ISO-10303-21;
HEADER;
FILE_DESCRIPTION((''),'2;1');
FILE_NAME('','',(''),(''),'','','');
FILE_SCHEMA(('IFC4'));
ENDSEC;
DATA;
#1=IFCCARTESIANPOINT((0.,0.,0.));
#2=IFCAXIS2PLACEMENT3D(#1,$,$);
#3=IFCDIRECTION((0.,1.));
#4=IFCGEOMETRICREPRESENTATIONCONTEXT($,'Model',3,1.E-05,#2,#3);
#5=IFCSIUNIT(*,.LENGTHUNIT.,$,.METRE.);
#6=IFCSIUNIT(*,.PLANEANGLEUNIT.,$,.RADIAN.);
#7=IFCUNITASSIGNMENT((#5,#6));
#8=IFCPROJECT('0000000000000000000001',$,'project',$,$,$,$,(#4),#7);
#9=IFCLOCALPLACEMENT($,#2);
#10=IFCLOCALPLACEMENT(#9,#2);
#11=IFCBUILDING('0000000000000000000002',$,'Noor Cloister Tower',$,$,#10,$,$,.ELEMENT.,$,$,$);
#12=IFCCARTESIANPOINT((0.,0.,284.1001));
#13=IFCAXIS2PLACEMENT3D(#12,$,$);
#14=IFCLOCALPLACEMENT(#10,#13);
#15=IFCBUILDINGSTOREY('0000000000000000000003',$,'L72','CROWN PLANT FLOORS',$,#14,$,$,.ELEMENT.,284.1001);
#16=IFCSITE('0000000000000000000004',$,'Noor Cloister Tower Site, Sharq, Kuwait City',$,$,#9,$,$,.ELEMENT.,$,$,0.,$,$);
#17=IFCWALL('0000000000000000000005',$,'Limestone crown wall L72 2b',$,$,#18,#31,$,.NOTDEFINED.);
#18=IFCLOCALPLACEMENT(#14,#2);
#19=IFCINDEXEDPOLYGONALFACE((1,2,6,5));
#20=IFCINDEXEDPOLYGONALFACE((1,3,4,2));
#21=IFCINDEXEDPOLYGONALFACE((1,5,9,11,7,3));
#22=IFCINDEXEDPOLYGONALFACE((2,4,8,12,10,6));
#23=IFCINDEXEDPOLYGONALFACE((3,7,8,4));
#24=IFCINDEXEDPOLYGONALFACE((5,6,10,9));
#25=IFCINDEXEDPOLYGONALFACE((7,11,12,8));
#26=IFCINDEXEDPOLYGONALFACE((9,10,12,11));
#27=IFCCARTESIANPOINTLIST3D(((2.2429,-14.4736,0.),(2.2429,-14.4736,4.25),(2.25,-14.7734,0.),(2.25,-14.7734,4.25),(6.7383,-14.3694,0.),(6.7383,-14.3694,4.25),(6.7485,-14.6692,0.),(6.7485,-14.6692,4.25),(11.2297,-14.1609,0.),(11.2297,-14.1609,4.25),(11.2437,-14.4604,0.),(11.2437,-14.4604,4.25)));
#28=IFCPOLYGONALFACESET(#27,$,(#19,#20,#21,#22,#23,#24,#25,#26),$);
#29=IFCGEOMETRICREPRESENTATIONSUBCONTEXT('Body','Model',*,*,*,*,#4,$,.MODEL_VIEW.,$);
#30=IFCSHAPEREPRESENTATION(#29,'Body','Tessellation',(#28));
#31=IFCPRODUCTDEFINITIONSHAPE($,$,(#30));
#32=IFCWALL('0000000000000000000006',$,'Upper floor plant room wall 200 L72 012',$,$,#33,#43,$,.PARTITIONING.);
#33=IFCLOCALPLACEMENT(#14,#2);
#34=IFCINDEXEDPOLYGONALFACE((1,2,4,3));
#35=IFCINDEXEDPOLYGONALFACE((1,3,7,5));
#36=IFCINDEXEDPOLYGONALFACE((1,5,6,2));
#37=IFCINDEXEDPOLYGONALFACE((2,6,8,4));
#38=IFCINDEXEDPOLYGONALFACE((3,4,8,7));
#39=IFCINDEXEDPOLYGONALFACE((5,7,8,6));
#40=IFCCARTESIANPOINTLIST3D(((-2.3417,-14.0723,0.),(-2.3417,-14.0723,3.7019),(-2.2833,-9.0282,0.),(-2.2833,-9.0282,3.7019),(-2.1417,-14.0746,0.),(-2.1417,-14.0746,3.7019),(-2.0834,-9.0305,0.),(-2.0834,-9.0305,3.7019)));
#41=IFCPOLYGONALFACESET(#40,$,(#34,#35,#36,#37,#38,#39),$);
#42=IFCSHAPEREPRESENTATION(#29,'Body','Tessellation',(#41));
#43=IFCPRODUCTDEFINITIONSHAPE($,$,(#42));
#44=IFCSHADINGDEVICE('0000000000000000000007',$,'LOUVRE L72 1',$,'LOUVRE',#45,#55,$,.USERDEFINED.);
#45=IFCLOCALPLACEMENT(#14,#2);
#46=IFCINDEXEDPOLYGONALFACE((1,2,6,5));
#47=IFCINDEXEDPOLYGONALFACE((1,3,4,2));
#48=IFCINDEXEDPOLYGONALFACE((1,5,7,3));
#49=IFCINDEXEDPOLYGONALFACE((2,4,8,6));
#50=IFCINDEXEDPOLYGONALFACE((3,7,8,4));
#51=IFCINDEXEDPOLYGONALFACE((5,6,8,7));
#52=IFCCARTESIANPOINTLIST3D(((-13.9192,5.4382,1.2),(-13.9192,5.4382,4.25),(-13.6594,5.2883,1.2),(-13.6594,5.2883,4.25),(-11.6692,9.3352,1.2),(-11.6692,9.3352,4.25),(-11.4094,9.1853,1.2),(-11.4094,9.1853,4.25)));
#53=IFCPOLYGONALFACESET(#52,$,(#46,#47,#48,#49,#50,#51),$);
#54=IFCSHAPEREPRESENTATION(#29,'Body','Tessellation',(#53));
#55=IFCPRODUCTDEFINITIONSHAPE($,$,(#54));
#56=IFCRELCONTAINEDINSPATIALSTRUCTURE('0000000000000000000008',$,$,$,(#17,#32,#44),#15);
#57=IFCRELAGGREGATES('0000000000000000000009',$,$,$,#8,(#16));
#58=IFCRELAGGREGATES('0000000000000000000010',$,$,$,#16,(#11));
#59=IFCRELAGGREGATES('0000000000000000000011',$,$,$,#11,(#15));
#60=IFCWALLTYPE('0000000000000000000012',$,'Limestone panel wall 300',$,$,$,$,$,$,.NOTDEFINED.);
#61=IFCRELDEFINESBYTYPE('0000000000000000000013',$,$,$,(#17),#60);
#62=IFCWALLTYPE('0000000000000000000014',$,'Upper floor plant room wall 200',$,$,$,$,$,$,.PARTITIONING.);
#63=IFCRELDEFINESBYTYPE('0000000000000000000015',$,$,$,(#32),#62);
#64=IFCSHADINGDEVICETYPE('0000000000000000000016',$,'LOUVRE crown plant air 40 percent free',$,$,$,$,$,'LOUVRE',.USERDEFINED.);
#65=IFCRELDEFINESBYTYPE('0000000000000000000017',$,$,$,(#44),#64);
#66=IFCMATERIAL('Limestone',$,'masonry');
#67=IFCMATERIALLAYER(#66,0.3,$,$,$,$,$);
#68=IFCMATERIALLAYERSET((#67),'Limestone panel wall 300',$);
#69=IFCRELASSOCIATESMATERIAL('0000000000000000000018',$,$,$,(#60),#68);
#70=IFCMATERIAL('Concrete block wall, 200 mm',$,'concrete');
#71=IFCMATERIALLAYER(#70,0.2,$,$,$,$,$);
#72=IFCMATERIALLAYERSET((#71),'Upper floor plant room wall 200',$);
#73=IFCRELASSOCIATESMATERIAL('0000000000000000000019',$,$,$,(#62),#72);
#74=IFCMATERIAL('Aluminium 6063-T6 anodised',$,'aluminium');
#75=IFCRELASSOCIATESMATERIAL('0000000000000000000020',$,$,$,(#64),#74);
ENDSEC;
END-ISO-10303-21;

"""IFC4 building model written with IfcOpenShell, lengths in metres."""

from ifc_helpers import new_model, si_unit, direction, frame, frame_2d, origin, place, context, subcontext, project, spatial, polyline, rectangle, outline, extrude, material, layer, layer_set, type_object, element, save


model = new_model("IFC4")

# Units and contexts
model_context = context("Model", 3, precision=1e-05, world=origin(), true_north=direction((0.0, 1.0)))
body_context = subcontext(model_context, "Body", "Model", "MODEL_VIEW")
ifc_project = project(units=[si_unit("LENGTHUNIT", "METRE"), si_unit("PLANEANGLEUNIT", "RADIAN")], contexts=[model_context])

# Site, building, storey
site_placement = place(None, origin())
site = spatial("IfcSite", under=ifc_project, at=site_placement, Name="Noor Cloister Tower Site, Sharq, Kuwait City", CompositionType="ELEMENT", RefElevation=0.0)
building_placement = place(site_placement, origin())
building = spatial("IfcBuilding", under=site, at=building_placement, Name="Noor Cloister Tower", CompositionType="ELEMENT")
storey_placement = place(building_placement, frame((0.0, 0.0, 284.1001)))
storey = spatial("IfcBuildingStorey", under=building, at=storey_placement, Name="L72", Description="CROWN PLANT FLOORS", CompositionType="ELEMENT", Elevation=284.1001)

# Walls
ifc_material_1 = material(Name="Limestone", Category="masonry")
ifc_layer_1 = layer(ifc_material_1, 0.3)
ifc_layer_set_1 = layer_set([ifc_layer_1], Name="Limestone panel wall 300")
wall_type_1 = type_object("IfcWallType", Name="Limestone panel wall 300", PredefinedType="NOTDEFINED", material=ifc_layer_set_1)
wall_1_placement = place(storey_placement, origin())
element("IfcWall", 1, at=wall_1_placement, inside=storey, type_object=wall_type_1, Name="Limestone crown wall L72 2b", PredefinedType="NOTDEFINED", context=body_context, shape_type="SweptSolid", body=[
    extrude(outline(polyline([(2.25, -14.7734), (6.7485, -14.6692), (11.2437, -14.4604), (11.2297, -14.1609), (6.7383, -14.3694), (2.2429, -14.4736), (2.25, -14.7734)])), origin(), (0.0, 0.0, 1.0), 4.25),
])
ifc_material_2 = material(Name="Concrete block wall, 200 mm", Category="concrete")
ifc_layer_2 = layer(ifc_material_2, 0.2)
ifc_layer_set_2 = layer_set([ifc_layer_2], Name="Upper floor plant room wall 200")
wall_type_2 = type_object("IfcWallType", Name="Upper floor plant room wall 200", PredefinedType="PARTITIONING", material=ifc_layer_set_2)
wall_2_placement = place(storey_placement, frame((-2.2417, -14.0735, 0.0), z_axis=(0.0, 0.0, 1.0), x_axis=(0.011567, 0.999933, 0.0)))
element("IfcWall", 2, at=wall_2_placement, inside=storey, type_object=wall_type_2, Name="Upper floor plant room wall 200 L72 012", PredefinedType="PARTITIONING", context=body_context, shape_type="SweptSolid", body=[
    extrude(rectangle(XDim=5.0444, YDim=0.2, at=frame_2d((2.5222, 0.0))), origin(), (0.0, 0.0, 1.0), 3.7019),
])

# Shading device
ifc_material_3 = material(Name="Aluminium 6063-T6 anodised", Category="aluminium")
shading_device_type = type_object("IfcShadingDeviceType", Name="LOUVRE crown plant air 40 percent free", ElementType="LOUVRE", PredefinedType="USERDEFINED", material=ifc_material_3)
shading_device_placement = place(storey_placement, frame((0.0, 0.0, 1.2)))
element("IfcShadingDevice", 3, at=shading_device_placement, inside=storey, type_object=shading_device_type, Name="LOUVRE L72 1", ObjectType="LOUVRE", PredefinedType="USERDEFINED", context=body_context, shape_type="SweptSolid", body=[
    extrude(outline(polyline([(-11.6692, 9.3352), (-13.9192, 5.4382), (-13.6594, 5.2883), (-11.4094, 9.1853), (-11.6692, 9.3352)])), origin(), (0.0, 0.0, 1.0), 3.05),
])

save(model, "model.ifc")
